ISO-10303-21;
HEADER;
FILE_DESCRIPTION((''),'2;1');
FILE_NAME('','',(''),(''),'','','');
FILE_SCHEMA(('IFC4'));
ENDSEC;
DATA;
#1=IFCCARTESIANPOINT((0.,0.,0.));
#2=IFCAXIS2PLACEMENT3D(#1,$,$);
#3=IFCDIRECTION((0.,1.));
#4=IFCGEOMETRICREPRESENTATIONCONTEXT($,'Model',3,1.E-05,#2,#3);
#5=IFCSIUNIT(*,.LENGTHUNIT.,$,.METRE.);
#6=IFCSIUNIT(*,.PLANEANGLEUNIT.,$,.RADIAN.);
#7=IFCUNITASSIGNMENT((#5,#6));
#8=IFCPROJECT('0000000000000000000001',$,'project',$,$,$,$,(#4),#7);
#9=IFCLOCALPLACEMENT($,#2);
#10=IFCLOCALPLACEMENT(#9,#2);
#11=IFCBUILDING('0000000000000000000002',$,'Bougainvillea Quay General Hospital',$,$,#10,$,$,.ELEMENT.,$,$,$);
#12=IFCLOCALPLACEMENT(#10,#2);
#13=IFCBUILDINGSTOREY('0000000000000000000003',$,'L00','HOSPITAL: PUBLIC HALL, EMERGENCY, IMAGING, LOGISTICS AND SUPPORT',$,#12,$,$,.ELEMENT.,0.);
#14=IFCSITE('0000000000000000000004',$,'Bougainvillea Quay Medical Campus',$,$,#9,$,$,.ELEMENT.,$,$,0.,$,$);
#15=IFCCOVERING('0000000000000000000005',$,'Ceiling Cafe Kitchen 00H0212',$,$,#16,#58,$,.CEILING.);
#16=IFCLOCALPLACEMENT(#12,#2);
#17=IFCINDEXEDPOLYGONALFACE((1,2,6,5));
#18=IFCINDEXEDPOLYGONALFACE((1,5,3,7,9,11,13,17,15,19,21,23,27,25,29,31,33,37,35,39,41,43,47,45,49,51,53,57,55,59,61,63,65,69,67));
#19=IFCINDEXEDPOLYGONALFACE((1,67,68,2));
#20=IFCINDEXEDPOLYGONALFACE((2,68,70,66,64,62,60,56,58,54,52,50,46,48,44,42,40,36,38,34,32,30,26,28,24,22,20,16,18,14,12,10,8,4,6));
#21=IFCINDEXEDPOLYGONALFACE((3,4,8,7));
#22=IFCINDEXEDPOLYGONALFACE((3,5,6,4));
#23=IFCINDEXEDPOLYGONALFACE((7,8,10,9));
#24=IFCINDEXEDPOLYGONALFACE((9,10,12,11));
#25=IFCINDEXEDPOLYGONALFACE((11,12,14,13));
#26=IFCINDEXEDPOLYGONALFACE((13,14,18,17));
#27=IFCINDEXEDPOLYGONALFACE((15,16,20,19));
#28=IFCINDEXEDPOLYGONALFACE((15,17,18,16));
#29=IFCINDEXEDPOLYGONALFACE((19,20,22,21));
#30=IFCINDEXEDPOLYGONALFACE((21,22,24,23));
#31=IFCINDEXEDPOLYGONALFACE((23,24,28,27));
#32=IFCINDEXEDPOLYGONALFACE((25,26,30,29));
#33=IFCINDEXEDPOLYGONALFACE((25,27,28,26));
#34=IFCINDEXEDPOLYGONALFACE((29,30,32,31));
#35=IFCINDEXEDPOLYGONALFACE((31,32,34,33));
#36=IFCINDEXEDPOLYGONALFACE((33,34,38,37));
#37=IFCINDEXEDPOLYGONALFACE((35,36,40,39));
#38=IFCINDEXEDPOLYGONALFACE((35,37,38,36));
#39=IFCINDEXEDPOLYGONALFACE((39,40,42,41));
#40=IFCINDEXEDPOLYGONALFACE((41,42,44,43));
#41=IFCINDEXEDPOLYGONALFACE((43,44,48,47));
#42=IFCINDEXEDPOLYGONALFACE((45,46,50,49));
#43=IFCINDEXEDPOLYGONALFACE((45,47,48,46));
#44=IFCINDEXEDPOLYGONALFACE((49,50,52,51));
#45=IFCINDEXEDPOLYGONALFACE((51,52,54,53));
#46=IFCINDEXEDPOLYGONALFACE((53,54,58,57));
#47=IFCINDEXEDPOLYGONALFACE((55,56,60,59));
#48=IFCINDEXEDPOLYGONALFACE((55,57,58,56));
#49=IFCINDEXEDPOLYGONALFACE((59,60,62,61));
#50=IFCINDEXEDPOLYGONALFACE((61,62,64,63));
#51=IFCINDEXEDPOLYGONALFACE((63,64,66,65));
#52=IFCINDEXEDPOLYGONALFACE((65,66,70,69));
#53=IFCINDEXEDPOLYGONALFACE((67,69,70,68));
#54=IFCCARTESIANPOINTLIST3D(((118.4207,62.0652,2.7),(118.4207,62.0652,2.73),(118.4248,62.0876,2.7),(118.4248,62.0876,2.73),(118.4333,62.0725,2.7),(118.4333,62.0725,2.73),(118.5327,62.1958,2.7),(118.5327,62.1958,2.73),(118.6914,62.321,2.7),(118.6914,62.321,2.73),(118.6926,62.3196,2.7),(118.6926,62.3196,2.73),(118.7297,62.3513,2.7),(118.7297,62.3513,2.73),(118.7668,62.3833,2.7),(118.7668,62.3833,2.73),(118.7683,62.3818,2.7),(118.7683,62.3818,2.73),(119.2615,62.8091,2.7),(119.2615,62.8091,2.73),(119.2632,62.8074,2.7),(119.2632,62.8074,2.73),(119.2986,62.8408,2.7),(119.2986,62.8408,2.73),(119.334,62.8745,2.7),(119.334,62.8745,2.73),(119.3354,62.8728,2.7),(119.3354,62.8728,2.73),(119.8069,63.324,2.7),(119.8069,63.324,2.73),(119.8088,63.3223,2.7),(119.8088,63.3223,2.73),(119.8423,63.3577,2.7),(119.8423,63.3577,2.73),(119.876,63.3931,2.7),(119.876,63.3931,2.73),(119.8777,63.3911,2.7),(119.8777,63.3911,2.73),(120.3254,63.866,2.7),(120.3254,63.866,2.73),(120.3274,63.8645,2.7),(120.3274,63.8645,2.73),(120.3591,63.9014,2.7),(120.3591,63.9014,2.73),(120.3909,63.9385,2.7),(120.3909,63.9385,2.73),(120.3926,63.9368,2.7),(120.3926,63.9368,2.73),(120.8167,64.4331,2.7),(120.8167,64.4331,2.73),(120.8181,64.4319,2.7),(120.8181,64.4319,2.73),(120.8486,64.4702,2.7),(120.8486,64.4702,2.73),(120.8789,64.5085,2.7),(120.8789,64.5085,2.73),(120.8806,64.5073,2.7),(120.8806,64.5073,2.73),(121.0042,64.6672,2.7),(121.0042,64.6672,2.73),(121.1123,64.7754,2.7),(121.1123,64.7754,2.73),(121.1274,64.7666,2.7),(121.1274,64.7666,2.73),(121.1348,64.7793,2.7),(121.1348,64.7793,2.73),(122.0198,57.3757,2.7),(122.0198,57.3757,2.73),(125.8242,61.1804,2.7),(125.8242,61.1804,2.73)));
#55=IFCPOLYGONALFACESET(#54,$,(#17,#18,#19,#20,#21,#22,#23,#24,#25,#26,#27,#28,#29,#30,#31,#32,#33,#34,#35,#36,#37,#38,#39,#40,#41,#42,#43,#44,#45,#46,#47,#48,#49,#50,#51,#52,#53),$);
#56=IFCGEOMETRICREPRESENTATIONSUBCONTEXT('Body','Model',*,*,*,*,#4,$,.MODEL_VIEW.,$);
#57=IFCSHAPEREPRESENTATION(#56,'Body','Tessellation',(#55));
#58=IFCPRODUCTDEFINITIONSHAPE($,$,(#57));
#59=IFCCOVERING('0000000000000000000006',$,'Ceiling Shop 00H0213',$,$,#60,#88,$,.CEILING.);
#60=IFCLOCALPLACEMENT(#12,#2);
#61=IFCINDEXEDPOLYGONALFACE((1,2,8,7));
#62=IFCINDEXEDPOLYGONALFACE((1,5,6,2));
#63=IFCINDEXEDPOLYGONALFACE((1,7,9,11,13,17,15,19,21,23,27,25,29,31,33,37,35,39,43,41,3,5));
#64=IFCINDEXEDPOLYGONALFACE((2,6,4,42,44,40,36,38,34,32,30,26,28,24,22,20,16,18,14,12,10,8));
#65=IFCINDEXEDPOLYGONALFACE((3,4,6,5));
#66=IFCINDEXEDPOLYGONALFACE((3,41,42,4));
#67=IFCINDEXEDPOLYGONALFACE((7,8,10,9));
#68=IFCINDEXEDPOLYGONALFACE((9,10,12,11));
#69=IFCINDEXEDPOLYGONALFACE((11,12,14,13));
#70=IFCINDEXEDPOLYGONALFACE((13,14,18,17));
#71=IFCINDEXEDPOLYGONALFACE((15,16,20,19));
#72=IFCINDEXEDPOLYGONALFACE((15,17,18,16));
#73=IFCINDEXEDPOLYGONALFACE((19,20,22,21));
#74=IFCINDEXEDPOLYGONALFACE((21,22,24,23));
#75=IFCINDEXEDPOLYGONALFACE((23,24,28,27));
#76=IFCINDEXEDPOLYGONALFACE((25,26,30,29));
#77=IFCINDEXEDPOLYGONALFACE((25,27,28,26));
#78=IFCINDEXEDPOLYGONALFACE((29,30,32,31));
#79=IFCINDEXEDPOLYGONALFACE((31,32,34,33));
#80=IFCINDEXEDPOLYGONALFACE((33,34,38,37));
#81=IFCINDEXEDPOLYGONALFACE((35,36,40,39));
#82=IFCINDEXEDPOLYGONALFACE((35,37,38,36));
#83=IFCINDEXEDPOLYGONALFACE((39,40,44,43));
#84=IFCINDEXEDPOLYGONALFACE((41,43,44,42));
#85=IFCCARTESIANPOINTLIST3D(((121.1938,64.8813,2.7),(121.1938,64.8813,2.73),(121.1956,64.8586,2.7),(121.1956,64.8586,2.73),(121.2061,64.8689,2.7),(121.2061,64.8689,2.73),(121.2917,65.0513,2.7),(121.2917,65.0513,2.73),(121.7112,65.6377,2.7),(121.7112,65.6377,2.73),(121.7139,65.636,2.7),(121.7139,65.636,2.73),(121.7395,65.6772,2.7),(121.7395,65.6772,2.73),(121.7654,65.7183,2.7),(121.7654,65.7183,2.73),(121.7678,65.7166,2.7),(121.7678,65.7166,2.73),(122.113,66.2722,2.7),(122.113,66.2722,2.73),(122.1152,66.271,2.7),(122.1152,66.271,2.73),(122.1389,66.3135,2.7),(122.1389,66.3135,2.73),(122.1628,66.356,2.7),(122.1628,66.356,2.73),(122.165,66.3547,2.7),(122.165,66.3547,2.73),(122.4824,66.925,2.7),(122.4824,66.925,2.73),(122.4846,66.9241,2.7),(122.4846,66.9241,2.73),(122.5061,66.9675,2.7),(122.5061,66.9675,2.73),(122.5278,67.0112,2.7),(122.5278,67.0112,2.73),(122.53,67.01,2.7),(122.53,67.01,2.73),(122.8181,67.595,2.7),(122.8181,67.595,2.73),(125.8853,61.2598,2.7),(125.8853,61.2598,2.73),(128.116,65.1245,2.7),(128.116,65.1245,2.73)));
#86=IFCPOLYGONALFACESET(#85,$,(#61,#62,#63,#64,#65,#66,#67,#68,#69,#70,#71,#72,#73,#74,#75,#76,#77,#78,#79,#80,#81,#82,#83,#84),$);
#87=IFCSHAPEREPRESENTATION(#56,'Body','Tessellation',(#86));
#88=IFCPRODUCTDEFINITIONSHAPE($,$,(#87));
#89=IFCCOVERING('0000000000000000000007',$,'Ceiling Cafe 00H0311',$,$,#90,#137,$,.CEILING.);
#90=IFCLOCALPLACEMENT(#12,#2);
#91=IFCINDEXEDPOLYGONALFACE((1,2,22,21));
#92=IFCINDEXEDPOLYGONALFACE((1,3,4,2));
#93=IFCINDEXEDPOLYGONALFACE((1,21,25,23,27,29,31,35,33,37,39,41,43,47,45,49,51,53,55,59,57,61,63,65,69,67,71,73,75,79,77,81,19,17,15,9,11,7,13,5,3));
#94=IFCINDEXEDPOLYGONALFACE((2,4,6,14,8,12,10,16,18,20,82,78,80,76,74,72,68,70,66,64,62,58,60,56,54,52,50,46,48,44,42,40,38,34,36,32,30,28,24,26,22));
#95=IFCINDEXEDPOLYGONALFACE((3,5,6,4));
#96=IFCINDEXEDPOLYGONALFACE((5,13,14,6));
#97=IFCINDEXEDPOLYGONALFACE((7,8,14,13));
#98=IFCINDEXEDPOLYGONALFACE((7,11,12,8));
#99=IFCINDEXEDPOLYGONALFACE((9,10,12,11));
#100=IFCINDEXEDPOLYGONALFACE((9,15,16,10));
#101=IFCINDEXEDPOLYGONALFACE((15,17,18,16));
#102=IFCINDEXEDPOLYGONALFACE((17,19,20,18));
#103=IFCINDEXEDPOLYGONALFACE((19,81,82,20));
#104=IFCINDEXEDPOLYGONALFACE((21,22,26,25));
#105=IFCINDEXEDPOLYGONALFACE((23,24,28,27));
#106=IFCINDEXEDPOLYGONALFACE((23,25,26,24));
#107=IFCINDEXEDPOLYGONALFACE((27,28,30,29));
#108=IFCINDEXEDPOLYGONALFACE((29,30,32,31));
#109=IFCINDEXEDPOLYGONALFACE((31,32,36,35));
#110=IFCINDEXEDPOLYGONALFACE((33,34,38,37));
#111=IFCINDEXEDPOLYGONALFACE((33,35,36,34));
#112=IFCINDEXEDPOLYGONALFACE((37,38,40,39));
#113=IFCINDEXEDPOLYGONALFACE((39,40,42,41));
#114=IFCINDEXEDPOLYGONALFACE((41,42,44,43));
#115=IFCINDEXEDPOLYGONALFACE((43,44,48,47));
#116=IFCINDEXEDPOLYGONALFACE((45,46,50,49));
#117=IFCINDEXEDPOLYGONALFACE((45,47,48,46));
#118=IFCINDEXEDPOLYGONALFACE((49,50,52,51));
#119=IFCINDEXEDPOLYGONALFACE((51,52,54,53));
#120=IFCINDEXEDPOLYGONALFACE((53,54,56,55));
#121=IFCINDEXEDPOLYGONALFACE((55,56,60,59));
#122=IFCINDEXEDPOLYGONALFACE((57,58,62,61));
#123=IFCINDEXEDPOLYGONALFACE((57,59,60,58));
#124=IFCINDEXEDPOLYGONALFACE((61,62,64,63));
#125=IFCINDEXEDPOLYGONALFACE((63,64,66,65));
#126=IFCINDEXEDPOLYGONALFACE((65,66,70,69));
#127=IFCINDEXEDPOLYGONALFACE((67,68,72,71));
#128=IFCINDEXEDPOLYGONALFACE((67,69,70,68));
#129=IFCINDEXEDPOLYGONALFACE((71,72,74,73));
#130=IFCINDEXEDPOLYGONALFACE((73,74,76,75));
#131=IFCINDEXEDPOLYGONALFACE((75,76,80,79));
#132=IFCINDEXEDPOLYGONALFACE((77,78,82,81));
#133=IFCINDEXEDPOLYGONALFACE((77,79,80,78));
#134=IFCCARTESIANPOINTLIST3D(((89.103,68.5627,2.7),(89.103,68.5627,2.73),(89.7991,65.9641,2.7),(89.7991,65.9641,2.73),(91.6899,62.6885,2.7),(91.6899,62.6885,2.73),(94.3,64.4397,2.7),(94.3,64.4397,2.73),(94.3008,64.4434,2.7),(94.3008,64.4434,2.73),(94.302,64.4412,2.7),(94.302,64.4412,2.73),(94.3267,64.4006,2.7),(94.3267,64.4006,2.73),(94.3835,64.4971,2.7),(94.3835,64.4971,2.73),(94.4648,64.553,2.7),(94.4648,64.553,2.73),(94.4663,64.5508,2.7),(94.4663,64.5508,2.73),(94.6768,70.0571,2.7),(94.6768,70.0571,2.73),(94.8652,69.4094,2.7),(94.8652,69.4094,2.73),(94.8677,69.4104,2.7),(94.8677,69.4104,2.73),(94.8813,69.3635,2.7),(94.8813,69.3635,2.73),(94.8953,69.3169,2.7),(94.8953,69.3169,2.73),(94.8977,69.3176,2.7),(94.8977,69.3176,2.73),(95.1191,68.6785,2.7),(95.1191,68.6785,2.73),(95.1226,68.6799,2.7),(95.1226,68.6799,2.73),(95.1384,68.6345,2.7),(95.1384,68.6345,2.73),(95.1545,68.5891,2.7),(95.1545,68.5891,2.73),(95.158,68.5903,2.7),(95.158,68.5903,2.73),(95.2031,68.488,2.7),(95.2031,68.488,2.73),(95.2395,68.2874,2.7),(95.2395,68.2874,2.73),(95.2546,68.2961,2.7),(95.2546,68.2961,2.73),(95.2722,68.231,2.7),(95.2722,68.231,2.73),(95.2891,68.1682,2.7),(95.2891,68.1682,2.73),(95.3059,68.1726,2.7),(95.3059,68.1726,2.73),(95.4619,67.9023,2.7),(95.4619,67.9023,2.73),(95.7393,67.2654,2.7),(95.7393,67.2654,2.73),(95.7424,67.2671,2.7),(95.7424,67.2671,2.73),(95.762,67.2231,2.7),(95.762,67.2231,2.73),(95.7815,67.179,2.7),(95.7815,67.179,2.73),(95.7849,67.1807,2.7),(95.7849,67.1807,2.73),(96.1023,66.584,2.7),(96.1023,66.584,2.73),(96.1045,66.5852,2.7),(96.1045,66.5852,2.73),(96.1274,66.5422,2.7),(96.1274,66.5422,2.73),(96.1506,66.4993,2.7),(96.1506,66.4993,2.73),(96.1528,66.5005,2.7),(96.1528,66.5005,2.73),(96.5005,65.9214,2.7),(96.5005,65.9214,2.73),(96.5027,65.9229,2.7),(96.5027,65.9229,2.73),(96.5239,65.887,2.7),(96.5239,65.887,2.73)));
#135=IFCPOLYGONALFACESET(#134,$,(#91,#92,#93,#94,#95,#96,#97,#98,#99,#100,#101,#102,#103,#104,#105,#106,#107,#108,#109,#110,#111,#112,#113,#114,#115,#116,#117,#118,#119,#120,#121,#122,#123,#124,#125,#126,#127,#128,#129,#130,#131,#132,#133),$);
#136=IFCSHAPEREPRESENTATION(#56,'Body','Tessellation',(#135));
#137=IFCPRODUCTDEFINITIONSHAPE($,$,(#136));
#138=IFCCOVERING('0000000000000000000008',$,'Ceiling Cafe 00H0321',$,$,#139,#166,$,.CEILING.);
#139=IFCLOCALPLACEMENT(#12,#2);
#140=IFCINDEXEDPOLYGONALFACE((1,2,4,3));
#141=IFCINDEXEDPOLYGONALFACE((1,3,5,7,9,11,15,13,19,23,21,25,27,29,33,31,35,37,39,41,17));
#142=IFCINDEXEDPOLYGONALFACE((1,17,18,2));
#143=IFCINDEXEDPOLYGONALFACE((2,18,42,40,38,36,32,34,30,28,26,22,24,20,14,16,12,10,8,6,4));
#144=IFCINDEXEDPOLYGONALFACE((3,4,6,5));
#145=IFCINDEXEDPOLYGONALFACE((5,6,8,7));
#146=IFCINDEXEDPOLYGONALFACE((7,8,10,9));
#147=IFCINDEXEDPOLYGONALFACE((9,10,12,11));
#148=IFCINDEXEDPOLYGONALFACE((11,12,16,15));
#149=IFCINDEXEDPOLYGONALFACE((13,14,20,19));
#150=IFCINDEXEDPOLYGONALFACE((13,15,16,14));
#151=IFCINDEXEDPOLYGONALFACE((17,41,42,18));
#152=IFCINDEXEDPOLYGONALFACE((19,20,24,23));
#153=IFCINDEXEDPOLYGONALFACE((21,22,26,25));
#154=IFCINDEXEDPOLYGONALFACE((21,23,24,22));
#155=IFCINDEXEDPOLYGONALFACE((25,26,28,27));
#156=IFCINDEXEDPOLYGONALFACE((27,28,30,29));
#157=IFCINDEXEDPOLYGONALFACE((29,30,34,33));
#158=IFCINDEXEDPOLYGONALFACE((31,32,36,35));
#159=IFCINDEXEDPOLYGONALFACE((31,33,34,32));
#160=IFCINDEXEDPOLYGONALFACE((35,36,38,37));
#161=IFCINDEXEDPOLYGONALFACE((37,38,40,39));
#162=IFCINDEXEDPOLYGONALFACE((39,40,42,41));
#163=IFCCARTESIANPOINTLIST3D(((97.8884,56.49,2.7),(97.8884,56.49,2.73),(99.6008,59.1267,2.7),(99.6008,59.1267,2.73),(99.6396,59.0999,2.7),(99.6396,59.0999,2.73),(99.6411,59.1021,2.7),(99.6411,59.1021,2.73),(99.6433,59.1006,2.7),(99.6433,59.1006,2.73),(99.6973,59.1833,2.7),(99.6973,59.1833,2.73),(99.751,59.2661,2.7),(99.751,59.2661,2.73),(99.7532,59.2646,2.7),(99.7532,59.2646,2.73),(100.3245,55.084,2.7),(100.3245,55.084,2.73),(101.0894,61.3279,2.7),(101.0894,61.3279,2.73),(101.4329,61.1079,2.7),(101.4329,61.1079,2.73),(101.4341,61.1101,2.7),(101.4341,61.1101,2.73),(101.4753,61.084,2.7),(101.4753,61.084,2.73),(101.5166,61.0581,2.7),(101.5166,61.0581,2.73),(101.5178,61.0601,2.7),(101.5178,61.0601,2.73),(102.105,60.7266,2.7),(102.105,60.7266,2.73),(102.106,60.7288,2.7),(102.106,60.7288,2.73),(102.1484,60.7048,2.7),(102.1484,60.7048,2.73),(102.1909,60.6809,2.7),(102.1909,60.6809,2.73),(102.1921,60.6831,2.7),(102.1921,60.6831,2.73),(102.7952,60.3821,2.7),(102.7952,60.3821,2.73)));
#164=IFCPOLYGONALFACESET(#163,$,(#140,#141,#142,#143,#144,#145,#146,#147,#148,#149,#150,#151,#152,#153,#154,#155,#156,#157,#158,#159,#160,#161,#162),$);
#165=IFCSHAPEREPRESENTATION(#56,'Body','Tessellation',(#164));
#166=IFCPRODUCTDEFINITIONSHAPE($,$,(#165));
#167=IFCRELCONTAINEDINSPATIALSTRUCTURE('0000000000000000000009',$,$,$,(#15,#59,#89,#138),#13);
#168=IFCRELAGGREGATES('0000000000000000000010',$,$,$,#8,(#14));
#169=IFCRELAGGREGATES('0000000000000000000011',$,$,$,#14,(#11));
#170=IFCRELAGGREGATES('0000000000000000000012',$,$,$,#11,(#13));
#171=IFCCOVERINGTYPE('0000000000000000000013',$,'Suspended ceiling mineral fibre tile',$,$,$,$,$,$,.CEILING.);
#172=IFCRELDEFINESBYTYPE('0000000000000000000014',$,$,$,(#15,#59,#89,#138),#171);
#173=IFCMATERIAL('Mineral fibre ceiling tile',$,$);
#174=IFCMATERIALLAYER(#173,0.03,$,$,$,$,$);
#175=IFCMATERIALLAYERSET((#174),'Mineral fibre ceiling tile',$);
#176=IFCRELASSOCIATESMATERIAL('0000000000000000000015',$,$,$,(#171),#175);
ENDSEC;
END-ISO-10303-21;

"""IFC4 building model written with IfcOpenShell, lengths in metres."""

from ifc_helpers import new_model, si_unit, direction, frame, origin, place, context, subcontext, project, spatial, polyline, outline, extrude, material, layer, layer_set, type_object, element, save


model = new_model("IFC4")

# Units and contexts
model_context = context("Model", 3, precision=1e-05, world=origin(), true_north=direction((0.0, 1.0)))
body_context = subcontext(model_context, "Body", "Model", "MODEL_VIEW")
ifc_project = project(units=[si_unit("LENGTHUNIT", "METRE"), si_unit("PLANEANGLEUNIT", "RADIAN")], contexts=[model_context])

# Site, building, storey
site_placement = place(None, origin())
site = spatial("IfcSite", under=ifc_project, at=site_placement, Name="Bougainvillea Quay Medical Campus", CompositionType="ELEMENT", RefElevation=0.0)
building_placement = place(site_placement, origin())
building = spatial("IfcBuilding", under=site, at=building_placement, Name="Bougainvillea Quay General Hospital", CompositionType="ELEMENT")
storey_placement = place(building_placement, origin())
storey = spatial("IfcBuildingStorey", under=building, at=storey_placement, Name="L00", Description="HOSPITAL: PUBLIC HALL, EMERGENCY, IMAGING, LOGISTICS AND SUPPORT", CompositionType="ELEMENT", Elevation=0.0)

# Coverings
ifc_material = material(Name="Mineral fibre ceiling tile")
ifc_layer = layer(ifc_material, 0.03)
ifc_layer_set = layer_set([ifc_layer], Name="Mineral fibre ceiling tile")
covering_type = type_object("IfcCoveringType", Name="Suspended ceiling mineral fibre tile", PredefinedType="CEILING", material=ifc_layer_set)
covering_1_placement = place(storey_placement, frame((0.0, 0.0, 2.7)))
element("IfcCovering", 1, at=covering_1_placement, inside=storey, type_object=covering_type, Name="Ceiling Cafe Kitchen 00H0212", PredefinedType="CEILING", context=body_context, shape_type="SweptSolid", body=[
    extrude(outline(polyline([(125.8242, 61.1804), (121.1348, 64.7793), (121.1274, 64.7666), (121.1123, 64.7754), (121.0042, 64.6672), (120.8789, 64.5085), (120.8806, 64.5073), (120.8486, 64.4702), (120.8181, 64.4319), (120.8167, 64.4331), (120.3909, 63.9385), (120.3926, 63.9368), (120.3591, 63.9014), (120.3274, 63.8645), (120.3254, 63.866), (119.876, 63.3931), (119.8777, 63.3911), (119.8423, 63.3577), (119.8088, 63.3223), (119.8069, 63.324), (119.334, 62.8745), (119.3354, 62.8728), (119.2986, 62.8408), (119.2632, 62.8074), (119.2615, 62.8091), (118.7668, 62.3833), (118.7683, 62.3818), (118.7297, 62.3513), (118.6926, 62.3196), (118.6914, 62.321), (118.5327, 62.1958), (118.4248, 62.0876), (118.4333, 62.0725), (118.4207, 62.0652), (122.0198, 57.3757), (125.8242, 61.1804)])), origin(), (0.0, 0.0, 1.0), 0.03),
])
covering_2_placement = place(storey_placement, frame((0.0, 0.0, 2.7)))
element("IfcCovering", 2, at=covering_2_placement, inside=storey, type_object=covering_type, Name="Ceiling Shop 00H0213", PredefinedType="CEILING", context=body_context, shape_type="SweptSolid", body=[
    extrude(outline(polyline([(128.116, 65.1245), (122.8181, 67.595), (122.5278, 67.0112), (122.53, 67.01), (122.5061, 66.9675), (122.4846, 66.9241), (122.4824, 66.925), (122.1628, 66.356), (122.165, 66.3547), (122.1389, 66.3135), (122.1152, 66.271), (122.113, 66.2722), (121.7654, 65.7183), (121.7678, 65.7166), (121.7395, 65.6772), (121.7139, 65.636), (121.7112, 65.6377), (121.2917, 65.0513), (121.1938, 64.8813), (121.2061, 64.8689), (121.1956, 64.8586), (125.8853, 61.2598), (128.116, 65.1245)])), origin(), (0.0, 0.0, 1.0), 0.03),
])
covering_3_placement = place(storey_placement, frame((0.0, 0.0, 2.7)))
element("IfcCovering", 3, at=covering_3_placement, inside=storey, type_object=covering_type, Name="Ceiling Cafe 00H0311", PredefinedType="CEILING", context=body_context, shape_type="SweptSolid", body=[
    extrude(outline(polyline([(91.6899, 62.6885), (94.3267, 64.4006), (94.3, 64.4397), (94.302, 64.4412), (94.3008, 64.4434), (94.3835, 64.4971), (94.4648, 64.553), (94.4663, 64.5508), (96.5239, 65.887), (96.5005, 65.9214), (96.5027, 65.9229), (96.1528, 66.5005), (96.1506, 66.4993), (96.1274, 66.5422), (96.1023, 66.584), (96.1045, 66.5852), (95.7849, 67.1807), (95.7815, 67.179), (95.762, 67.2231), (95.7393, 67.2654), (95.7424, 67.2671), (95.4619, 67.9023), (95.3059, 68.1726), (95.2891, 68.1682), (95.2722, 68.231), (95.2395, 68.2874), (95.2546, 68.2961), (95.2031, 68.488), (95.158, 68.5903), (95.1545, 68.5891), (95.1384, 68.6345), (95.1191, 68.6785), (95.1226, 68.6799), (94.8977, 69.3176), (94.8953, 69.3169), (94.8813, 69.3635), (94.8652, 69.4094), (94.8677, 69.4104), (94.6768, 70.0571), (89.103, 68.5627), (89.0901, 68.6111), (89.7991, 65.9641), (91.6899, 62.6885)])), origin(), (0.0, 0.0, 1.0), 0.03),
])
covering_4_placement = place(storey_placement, frame((0.0, 0.0, 2.7)))
element("IfcCovering", 4, at=covering_4_placement, inside=storey, type_object=covering_type, Name="Ceiling Cafe 00H0321", PredefinedType="CEILING", context=body_context, shape_type="SweptSolid", body=[
    extrude(outline(polyline([(100.3245, 55.084), (102.7952, 60.3821), (102.1921, 60.6831), (102.1909, 60.6809), (102.1484, 60.7048), (102.105, 60.7266), (102.106, 60.7288), (101.5178, 61.0601), (101.5166, 61.0581), (101.4753, 61.084), (101.4329, 61.1079), (101.4341, 61.1101), (101.0894, 61.3279), (99.751, 59.2661), (99.7532, 59.2646), (99.6973, 59.1833), (99.6433, 59.1006), (99.6411, 59.1021), (99.6396, 59.0999), (99.6008, 59.1267), (97.8884, 56.49), (100.3245, 55.084)])), origin(), (0.0, 0.0, 1.0), 0.03),
])

save(model, "model.ifc")
